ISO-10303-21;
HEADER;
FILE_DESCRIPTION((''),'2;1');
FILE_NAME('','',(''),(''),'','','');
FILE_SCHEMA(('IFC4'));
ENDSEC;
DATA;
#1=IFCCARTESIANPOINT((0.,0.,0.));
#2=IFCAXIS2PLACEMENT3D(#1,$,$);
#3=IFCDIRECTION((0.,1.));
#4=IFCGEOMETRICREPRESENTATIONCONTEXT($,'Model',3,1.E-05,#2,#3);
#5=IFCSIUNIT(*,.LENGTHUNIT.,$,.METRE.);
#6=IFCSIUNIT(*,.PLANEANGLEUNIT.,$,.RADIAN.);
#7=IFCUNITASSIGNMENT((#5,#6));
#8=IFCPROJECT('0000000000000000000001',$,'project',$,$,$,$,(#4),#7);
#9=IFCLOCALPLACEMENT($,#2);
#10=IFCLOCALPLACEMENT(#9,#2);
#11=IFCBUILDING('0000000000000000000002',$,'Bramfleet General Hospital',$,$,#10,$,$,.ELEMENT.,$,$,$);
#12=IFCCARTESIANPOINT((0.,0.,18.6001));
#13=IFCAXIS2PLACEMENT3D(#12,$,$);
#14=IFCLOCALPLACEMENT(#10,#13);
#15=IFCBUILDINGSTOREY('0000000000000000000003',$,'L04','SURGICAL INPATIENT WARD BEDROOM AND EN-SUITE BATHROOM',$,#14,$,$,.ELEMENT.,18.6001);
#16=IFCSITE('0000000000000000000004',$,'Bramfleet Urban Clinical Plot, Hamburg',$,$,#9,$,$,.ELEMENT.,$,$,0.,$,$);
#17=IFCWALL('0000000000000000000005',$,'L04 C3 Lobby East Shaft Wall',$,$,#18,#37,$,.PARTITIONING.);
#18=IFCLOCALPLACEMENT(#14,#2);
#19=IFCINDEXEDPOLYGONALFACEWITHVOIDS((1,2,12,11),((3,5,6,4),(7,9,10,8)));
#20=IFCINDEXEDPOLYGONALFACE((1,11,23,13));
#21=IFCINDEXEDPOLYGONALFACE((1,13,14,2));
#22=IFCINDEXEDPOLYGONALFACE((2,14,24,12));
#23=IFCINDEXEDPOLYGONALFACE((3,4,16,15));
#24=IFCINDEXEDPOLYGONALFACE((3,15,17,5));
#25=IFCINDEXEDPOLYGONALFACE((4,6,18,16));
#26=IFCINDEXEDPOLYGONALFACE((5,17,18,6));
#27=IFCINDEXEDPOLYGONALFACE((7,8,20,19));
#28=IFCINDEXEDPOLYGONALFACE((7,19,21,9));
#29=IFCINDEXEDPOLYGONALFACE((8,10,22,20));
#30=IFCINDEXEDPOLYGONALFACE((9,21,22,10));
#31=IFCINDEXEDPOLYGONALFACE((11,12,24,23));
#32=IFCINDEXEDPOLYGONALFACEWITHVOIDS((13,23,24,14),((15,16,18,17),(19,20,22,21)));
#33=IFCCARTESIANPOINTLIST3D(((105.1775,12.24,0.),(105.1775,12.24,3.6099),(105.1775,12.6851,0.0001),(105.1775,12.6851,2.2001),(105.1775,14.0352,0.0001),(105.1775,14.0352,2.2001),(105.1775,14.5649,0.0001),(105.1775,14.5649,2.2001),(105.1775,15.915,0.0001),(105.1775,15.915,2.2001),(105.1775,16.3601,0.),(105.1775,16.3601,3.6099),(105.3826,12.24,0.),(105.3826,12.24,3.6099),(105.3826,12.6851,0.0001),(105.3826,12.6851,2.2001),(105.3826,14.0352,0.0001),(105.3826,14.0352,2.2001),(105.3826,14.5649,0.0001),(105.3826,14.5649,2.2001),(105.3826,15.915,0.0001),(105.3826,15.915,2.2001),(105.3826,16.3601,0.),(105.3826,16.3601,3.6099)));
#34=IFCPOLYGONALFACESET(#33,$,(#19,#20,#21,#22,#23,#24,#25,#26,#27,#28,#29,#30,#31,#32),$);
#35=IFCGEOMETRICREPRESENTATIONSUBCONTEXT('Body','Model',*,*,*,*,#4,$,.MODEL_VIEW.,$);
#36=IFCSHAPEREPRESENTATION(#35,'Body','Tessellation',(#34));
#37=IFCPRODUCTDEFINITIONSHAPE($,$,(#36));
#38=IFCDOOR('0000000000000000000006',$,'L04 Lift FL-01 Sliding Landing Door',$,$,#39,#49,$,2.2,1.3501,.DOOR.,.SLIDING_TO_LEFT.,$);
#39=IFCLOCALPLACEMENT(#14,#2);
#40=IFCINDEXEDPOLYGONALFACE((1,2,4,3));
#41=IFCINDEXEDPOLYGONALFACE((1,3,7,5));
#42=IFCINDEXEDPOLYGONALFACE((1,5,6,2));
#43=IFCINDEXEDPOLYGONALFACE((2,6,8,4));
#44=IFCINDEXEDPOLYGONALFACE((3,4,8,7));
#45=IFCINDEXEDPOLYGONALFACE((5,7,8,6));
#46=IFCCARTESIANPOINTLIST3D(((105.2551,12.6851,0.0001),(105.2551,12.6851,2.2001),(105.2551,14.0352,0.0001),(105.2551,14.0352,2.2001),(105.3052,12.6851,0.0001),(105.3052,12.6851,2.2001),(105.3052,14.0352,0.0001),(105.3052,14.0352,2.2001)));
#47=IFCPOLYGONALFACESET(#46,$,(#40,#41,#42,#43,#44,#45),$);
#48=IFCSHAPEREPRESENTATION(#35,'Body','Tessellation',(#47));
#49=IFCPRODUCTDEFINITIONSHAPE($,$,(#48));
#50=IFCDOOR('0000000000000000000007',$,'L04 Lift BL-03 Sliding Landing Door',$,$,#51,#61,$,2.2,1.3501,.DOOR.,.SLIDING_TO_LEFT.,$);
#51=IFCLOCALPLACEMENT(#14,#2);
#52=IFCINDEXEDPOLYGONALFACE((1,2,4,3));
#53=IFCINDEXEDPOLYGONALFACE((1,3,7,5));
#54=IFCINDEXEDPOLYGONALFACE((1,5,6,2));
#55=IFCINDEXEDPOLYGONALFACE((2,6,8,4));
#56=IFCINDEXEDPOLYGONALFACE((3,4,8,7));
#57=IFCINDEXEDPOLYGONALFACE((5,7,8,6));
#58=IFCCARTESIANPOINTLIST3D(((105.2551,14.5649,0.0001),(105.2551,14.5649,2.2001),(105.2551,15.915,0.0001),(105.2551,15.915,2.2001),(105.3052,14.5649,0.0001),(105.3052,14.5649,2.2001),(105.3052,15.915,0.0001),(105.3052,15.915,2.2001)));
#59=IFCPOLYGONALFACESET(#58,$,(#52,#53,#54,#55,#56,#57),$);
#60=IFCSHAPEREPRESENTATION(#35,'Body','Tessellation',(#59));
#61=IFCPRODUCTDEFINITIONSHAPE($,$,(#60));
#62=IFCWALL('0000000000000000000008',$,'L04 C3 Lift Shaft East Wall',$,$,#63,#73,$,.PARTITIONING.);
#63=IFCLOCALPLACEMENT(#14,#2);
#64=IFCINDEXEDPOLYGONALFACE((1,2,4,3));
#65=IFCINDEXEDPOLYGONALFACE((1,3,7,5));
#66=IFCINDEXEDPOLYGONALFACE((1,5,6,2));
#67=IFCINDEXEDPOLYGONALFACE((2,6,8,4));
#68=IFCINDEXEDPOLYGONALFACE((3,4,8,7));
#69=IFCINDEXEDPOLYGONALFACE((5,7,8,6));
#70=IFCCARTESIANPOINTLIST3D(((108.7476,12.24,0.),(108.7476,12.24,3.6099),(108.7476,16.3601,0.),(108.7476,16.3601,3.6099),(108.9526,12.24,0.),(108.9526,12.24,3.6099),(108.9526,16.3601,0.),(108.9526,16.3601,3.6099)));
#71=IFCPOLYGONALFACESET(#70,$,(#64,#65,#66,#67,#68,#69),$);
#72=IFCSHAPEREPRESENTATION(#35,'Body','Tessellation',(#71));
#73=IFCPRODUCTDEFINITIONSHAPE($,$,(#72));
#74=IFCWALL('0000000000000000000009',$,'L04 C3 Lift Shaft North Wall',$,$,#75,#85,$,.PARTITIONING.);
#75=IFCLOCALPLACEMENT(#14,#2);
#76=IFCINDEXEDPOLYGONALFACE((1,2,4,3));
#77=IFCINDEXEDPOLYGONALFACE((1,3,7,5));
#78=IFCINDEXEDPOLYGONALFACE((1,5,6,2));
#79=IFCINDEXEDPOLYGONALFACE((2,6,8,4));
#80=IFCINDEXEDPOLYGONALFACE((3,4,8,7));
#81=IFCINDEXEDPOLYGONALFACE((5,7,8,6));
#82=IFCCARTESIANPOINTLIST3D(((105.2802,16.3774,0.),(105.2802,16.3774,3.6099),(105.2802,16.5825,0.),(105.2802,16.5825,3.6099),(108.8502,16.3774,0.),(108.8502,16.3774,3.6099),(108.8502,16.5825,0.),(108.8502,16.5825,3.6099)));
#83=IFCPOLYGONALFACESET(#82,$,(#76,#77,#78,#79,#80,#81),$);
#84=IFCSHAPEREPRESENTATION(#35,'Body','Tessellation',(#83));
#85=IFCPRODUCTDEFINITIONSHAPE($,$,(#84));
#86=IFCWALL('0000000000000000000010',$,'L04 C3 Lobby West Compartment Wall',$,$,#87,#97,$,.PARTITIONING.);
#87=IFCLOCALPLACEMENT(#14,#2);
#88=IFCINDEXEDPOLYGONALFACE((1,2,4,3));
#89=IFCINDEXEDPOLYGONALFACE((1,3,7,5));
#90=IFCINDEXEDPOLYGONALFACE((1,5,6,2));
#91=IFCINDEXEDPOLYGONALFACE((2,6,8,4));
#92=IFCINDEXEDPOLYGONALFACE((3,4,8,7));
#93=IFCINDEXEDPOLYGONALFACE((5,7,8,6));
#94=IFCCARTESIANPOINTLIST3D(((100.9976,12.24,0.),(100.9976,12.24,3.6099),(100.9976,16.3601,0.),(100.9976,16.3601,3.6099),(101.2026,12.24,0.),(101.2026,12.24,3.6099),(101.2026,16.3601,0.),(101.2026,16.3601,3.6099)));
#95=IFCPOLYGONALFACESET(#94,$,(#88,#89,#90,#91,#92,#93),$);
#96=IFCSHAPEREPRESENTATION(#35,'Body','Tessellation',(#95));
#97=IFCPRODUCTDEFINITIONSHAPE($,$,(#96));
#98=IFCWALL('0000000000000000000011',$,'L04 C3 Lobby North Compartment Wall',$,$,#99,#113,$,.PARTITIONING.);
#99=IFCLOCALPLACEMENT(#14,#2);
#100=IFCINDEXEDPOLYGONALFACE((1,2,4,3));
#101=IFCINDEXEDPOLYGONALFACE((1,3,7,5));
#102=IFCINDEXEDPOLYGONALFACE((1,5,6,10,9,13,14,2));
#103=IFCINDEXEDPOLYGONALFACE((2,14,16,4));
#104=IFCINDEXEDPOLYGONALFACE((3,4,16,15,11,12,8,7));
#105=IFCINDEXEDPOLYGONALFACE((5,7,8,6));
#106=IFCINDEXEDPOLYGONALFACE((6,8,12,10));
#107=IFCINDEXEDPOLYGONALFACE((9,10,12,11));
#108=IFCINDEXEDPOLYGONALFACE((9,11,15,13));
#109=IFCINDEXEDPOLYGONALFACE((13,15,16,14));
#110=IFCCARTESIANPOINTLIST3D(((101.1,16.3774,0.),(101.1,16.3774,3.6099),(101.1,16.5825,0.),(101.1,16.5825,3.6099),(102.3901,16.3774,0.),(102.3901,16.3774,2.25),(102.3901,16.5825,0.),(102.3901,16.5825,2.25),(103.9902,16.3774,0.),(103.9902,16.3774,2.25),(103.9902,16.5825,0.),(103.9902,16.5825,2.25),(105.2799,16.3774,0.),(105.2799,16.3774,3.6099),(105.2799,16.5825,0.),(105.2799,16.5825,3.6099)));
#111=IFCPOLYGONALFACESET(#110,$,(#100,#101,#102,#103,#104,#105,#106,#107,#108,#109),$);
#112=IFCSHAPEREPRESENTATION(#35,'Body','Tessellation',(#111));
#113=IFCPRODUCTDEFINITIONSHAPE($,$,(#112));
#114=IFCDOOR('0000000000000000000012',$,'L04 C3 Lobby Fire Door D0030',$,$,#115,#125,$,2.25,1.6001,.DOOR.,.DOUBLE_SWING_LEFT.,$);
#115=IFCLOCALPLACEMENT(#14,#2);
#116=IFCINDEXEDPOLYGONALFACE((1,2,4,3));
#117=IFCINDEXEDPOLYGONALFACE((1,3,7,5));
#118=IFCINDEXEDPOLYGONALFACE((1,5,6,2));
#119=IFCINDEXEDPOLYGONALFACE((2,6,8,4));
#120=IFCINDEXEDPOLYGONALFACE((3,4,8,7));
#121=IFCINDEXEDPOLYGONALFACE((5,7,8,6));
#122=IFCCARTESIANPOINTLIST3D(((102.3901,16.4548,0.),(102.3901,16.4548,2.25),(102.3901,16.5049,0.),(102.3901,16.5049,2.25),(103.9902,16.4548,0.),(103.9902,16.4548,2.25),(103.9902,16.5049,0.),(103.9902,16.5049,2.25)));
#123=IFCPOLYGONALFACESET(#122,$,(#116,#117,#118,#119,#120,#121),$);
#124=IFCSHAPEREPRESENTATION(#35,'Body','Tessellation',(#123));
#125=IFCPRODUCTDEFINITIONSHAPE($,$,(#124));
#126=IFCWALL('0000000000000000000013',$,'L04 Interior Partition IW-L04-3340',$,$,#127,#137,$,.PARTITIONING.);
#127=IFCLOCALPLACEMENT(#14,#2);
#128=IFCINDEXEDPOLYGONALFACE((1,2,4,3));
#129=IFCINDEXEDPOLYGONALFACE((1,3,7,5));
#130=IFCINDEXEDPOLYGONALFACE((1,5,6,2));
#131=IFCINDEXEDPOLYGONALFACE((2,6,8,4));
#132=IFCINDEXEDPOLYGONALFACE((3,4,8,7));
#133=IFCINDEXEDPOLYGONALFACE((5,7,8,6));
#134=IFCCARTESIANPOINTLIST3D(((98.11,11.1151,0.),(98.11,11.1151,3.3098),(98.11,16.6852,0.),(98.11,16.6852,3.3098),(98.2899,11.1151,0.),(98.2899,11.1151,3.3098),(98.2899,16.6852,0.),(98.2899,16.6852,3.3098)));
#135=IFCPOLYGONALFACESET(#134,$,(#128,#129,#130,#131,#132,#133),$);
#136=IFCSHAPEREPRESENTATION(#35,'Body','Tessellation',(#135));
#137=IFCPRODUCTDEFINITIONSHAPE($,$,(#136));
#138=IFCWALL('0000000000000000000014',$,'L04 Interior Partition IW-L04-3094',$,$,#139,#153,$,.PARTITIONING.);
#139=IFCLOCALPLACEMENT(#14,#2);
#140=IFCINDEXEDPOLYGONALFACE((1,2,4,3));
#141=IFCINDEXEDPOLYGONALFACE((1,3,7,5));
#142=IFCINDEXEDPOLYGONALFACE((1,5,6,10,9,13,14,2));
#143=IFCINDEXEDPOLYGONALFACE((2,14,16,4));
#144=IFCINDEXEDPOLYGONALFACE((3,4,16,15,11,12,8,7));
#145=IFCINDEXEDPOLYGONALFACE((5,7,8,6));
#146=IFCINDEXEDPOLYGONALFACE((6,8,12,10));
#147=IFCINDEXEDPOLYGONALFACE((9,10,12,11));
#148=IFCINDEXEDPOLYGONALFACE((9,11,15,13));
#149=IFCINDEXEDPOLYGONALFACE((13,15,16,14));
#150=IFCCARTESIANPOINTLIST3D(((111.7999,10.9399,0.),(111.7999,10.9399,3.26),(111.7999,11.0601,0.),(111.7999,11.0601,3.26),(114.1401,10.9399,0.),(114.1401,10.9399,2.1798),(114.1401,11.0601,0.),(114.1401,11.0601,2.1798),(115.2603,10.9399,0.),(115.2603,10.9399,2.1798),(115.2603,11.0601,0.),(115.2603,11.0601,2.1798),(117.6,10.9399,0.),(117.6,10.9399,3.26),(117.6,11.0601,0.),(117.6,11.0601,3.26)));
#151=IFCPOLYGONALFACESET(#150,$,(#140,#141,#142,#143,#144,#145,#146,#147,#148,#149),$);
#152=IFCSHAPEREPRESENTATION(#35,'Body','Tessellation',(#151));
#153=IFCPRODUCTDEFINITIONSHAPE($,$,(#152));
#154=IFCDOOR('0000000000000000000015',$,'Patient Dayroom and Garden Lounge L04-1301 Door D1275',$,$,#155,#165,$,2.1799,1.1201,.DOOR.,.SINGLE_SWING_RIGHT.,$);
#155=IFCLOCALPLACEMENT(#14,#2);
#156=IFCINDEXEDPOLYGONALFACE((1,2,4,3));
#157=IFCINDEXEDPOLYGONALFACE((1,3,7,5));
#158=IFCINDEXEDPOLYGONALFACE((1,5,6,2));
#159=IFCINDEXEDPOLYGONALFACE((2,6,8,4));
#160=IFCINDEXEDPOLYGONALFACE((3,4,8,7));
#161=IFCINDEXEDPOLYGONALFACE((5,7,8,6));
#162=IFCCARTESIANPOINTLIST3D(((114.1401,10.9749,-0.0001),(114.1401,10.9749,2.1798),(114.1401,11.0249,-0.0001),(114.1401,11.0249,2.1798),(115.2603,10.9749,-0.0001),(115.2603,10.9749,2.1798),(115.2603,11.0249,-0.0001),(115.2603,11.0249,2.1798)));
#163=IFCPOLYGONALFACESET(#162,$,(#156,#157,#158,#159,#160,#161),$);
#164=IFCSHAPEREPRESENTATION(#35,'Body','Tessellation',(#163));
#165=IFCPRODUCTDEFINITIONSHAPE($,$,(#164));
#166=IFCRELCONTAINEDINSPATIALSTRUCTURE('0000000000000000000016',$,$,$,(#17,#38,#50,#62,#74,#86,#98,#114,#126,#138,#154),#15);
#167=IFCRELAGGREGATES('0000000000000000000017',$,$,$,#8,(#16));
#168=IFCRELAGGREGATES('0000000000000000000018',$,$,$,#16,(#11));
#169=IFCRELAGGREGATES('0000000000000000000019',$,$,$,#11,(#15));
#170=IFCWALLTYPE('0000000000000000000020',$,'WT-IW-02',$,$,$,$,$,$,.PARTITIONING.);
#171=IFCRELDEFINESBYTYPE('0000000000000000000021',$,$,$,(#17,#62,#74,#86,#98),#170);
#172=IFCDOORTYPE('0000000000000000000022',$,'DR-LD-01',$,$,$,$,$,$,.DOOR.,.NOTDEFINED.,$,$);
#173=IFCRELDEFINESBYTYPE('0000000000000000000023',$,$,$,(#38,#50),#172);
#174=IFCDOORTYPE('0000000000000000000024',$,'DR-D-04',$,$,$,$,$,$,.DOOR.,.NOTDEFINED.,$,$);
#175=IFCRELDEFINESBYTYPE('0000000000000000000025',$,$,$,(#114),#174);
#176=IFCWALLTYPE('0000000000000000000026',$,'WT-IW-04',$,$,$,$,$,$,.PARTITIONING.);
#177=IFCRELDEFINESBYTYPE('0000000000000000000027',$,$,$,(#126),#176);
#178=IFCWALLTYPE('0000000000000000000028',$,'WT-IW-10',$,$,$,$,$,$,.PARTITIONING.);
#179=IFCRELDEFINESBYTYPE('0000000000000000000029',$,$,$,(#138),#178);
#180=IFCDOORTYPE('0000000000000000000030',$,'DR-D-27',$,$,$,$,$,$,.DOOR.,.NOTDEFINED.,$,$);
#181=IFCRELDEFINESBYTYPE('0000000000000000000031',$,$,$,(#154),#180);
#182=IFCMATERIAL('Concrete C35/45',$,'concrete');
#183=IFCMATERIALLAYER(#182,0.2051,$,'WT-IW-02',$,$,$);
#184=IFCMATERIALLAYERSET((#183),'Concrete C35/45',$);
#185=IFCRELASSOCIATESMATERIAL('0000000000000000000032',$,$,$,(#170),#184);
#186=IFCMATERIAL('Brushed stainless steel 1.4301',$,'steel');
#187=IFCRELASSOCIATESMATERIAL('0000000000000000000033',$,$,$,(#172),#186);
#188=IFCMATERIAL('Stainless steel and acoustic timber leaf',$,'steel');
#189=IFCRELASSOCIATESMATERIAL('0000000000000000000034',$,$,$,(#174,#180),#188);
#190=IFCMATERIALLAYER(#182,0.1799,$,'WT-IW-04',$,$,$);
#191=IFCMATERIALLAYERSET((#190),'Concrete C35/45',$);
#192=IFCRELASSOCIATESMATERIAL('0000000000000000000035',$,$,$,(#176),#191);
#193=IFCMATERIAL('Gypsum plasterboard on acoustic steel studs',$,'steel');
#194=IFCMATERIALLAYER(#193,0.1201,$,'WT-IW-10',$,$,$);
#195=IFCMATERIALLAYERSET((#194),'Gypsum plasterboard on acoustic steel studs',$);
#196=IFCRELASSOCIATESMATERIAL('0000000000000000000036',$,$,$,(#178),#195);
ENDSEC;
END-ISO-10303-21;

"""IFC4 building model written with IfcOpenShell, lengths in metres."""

from ifc_helpers import new_model, si_unit, direction, frame, frame_2d, origin, place, context, subcontext, project, spatial, rectangle, extrude, material, layer, layer_set, type_object, element, fill, save


model = new_model("IFC4")

# Units and contexts
model_context = context("Model", 3, precision=1e-05, world=origin(), true_north=direction((0.0, 1.0)))
body_context = subcontext(model_context, "Body", "Model", "MODEL_VIEW")
ifc_project = project(units=[si_unit("LENGTHUNIT", "METRE"), si_unit("PLANEANGLEUNIT", "RADIAN")], contexts=[model_context])

# Site, building, storey
site_placement = place(None, origin())
site = spatial("IfcSite", under=ifc_project, at=site_placement, Name="Bramfleet Urban Clinical Plot, Hamburg", CompositionType="ELEMENT", RefElevation=0.0)
building_placement = place(site_placement, origin())
building = spatial("IfcBuilding", under=site, at=building_placement, Name="Bramfleet General Hospital", CompositionType="ELEMENT")
storey_placement = place(building_placement, frame((0.0, 0.0, 18.6001)))
storey = spatial("IfcBuildingStorey", under=building, at=storey_placement, Name="L04", Description="SURGICAL INPATIENT WARD BEDROOM AND EN-SUITE BATHROOM", CompositionType="ELEMENT", Elevation=18.6001)

# Shared definitions
ifc_material_1 = material(Name="Concrete C35/45", Category="concrete")

# Wall, openings, doors
ifc_layer_1 = layer(ifc_material_1, 0.2051, Name="WT-IW-02")
ifc_layer_set_1 = layer_set([ifc_layer_1], Name="Concrete C35/45")
wall_type_1 = type_object("IfcWallType", Name="WT-IW-02", PredefinedType="PARTITIONING", material=ifc_layer_set_1)
wall_1_placement = place(storey_placement, frame((105.28, 12.24, 0.0), z_axis=(0.0, 0.0, 1.0), x_axis=(0.0, 1.0, 0.0)))
wall_1 = element("IfcWall", 1, at=wall_1_placement, inside=storey, type_object=wall_type_1, Name="L04 C3 Lobby East Shaft Wall", PredefinedType="PARTITIONING", context=body_context, shape_type="SweptSolid", body=[
    extrude(rectangle(XDim=4.1201, YDim=0.2051, at=frame_2d((2.0601, 0.0))), origin(), (0.0, 0.0, 1.0), 3.6099),
])
opening_1_placement = place(wall_1_placement, frame((0.4451, 0.0, 0.0)))
opening_1 = element("IfcOpeningElement", 2, at=opening_1_placement, cuts=wall_1, PredefinedType="OPENING", context=body_context, shape_type="SweptSolid", body=[
    extrude(rectangle(XDim=1.3501, YDim=2.2, at=frame_2d((0.675, 1.1001))), frame((0.0, 0.1125, 0.0), z_axis=(0.0, -1.0, 0.0), x_axis=(1.0, 0.0, 0.0)), (0.0, 0.0, 1.0), 0.2251),
])
opening_2_placement = place(wall_1_placement, frame((2.325, 0.0, 0.0)))
opening_2 = element("IfcOpeningElement", 3, at=opening_2_placement, cuts=wall_1, PredefinedType="OPENING", context=body_context, shape_type="SweptSolid", body=[
    extrude(rectangle(XDim=1.3501, YDim=2.2, at=frame_2d((0.675, 1.1001))), frame((0.0, 0.1125, 0.0), z_axis=(0.0, -1.0, 0.0), x_axis=(1.0, 0.0, 0.0)), (0.0, 0.0, 1.0), 0.2251),
])
ifc_material_2 = material(Name="Brushed stainless steel 1.4301", Category="steel")
door_type_1 = type_object("IfcDoorType", Name="DR-LD-01", OperationType="NOTDEFINED", PredefinedType="DOOR", material=ifc_material_2)
door_1_placement = place(opening_1_placement, origin())
door_1 = element("IfcDoor", 4, at=door_1_placement, inside=storey, type_object=door_type_1, Name="L04 Lift FL-01 Sliding Landing Door", OperationType="SLIDING_TO_LEFT", OverallHeight=2.2, OverallWidth=1.3501, PredefinedType="DOOR", context=body_context, shape_type="SweptSolid", body=[
    extrude(rectangle(XDim=1.3501, YDim=2.2, at=frame_2d((0.675, 1.1001))), frame((0.0, 0.0249, 0.0), z_axis=(0.0, -1.0, 0.0), x_axis=(1.0, 0.0, 0.0)), (0.0, 0.0, 1.0), 0.05),
])
fill(opening_1, door_1)
door_2_placement = place(opening_2_placement, origin())
door_2 = element("IfcDoor", 5, at=door_2_placement, inside=storey, type_object=door_type_1, Name="L04 Lift BL-03 Sliding Landing Door", OperationType="SLIDING_TO_LEFT", OverallHeight=2.2, OverallWidth=1.3501, PredefinedType="DOOR", context=body_context, shape_type="SweptSolid", body=[
    extrude(rectangle(XDim=1.3501, YDim=2.2, at=frame_2d((0.675, 1.1001))), frame((0.0, 0.0249, 0.0), z_axis=(0.0, -1.0, 0.0), x_axis=(1.0, 0.0, 0.0)), (0.0, 0.0, 1.0), 0.05),
])
fill(opening_2, door_2)

# Walls
wall_2_placement = place(storey_placement, frame((108.8501, 12.24, 0.0), z_axis=(0.0, 0.0, 1.0), x_axis=(0.0, 1.0, 0.0)))
element("IfcWall", 6, at=wall_2_placement, inside=storey, type_object=wall_type_1, Name="L04 C3 Lift Shaft East Wall", PredefinedType="PARTITIONING", context=body_context, shape_type="SweptSolid", body=[
    extrude(rectangle(XDim=4.1201, YDim=0.2051, at=frame_2d((2.0601, 0.0))), origin(), (0.0, 0.0, 1.0), 3.6099),
])
wall_3_placement = place(storey_placement, frame((105.28, 16.48, 0.0), z_axis=(0.0, 0.0, 1.0), x_axis=(1.0, 0.0, 0.0)))
element("IfcWall", 7, at=wall_3_placement, inside=storey, type_object=wall_type_1, Name="L04 C3 Lift Shaft North Wall", PredefinedType="PARTITIONING", context=body_context, shape_type="SweptSolid", body=[
    extrude(rectangle(XDim=3.5701, YDim=0.2051, at=frame_2d((1.7852, 0.0))), origin(), (0.0, 0.0, 1.0), 3.6099),
])
wall_4_placement = place(storey_placement, frame((101.1001, 12.24, 0.0), z_axis=(0.0, 0.0, 1.0), x_axis=(0.0, 1.0, 0.0)))
element("IfcWall", 8, at=wall_4_placement, inside=storey, type_object=wall_type_1, Name="L04 C3 Lobby West Compartment Wall", PredefinedType="PARTITIONING", context=body_context, shape_type="SweptSolid", body=[
    extrude(rectangle(XDim=4.1201, YDim=0.2051, at=frame_2d((2.0601, 0.0))), origin(), (0.0, 0.0, 1.0), 3.6099),
])

# Wall, opening, door
wall_5_placement = place(storey_placement, frame((101.1001, 16.48, 0.0), z_axis=(0.0, 0.0, 1.0), x_axis=(1.0, 0.0, 0.0)))
wall_5 = element("IfcWall", 9, at=wall_5_placement, inside=storey, type_object=wall_type_1, Name="L04 C3 Lobby North Compartment Wall", PredefinedType="PARTITIONING", context=body_context, shape_type="SweptSolid", body=[
    extrude(rectangle(XDim=4.1799, YDim=0.2051, at=frame_2d((2.0898, 0.0))), origin(), (0.0, 0.0, 1.0), 3.6099),
])
opening_3_placement = place(wall_5_placement, frame((1.29, 0.0, 0.0)))
opening_3 = element("IfcOpeningElement", 10, at=opening_3_placement, cuts=wall_5, PredefinedType="OPENING", context=body_context, shape_type="SweptSolid", body=[
    extrude(rectangle(XDim=1.6001, YDim=2.25, at=frame_2d((0.8, 1.125))), frame((0.0, 0.1125, 0.0), z_axis=(0.0, -1.0, 0.0), x_axis=(1.0, 0.0, 0.0)), (0.0, 0.0, 1.0), 0.2251),
])
ifc_material_3 = material(Name="Stainless steel and acoustic timber leaf", Category="steel")
door_type_2 = type_object("IfcDoorType", Name="DR-D-04", OperationType="NOTDEFINED", PredefinedType="DOOR", material=ifc_material_3)
door_3_placement = place(opening_3_placement, origin())
door_3 = element("IfcDoor", 11, at=door_3_placement, inside=storey, type_object=door_type_2, Name="L04 C3 Lobby Fire Door D0030", OperationType="DOUBLE_SWING_LEFT", OverallHeight=2.25, OverallWidth=1.6001, PredefinedType="DOOR", context=body_context, shape_type="SweptSolid", body=[
    extrude(rectangle(XDim=1.6001, YDim=2.25, at=frame_2d((0.8, 1.125))), frame((0.0, 0.0249, 0.0), z_axis=(0.0, -1.0, 0.0), x_axis=(1.0, 0.0, 0.0)), (0.0, 0.0, 1.0), 0.05),
])
fill(opening_3, door_3)

# Wall
ifc_layer_2 = layer(ifc_material_1, 0.1799, Name="WT-IW-04")
ifc_layer_set_2 = layer_set([ifc_layer_2], Name="Concrete C35/45")
wall_type_2 = type_object("IfcWallType", Name="WT-IW-04", PredefinedType="PARTITIONING", material=ifc_layer_set_2)
wall_6_placement = place(storey_placement, frame((98.2, 11.115, 0.0), z_axis=(0.0, 0.0, 1.0), x_axis=(0.0, 1.0, 0.0)))
element("IfcWall", 12, at=wall_6_placement, inside=storey, type_object=wall_type_2, Name="L04 Interior Partition IW-L04-3340", PredefinedType="PARTITIONING", context=body_context, shape_type="SweptSolid", body=[
    extrude(rectangle(XDim=5.5701, YDim=0.1799, at=frame_2d((2.7852, 0.0))), origin(), (0.0, 0.0, 1.0), 3.3098),
])

# Wall, opening, door
ifc_material_4 = material(Name="Gypsum plasterboard on acoustic steel studs", Category="steel")
ifc_layer_3 = layer(ifc_material_4, 0.1201, Name="WT-IW-10")
ifc_layer_set_3 = layer_set([ifc_layer_3], Name="Gypsum plasterboard on acoustic steel studs")
wall_type_3 = type_object("IfcWallType", Name="WT-IW-10", PredefinedType="PARTITIONING", material=ifc_layer_set_3)
wall_7_placement = place(storey_placement, frame((111.8, 11.0, 0.0), z_axis=(0.0, 0.0, 1.0), x_axis=(1.0, 0.0, 0.0)))
wall_7 = element("IfcWall", 13, at=wall_7_placement, inside=storey, type_object=wall_type_3, Name="L04 Interior Partition IW-L04-3094", PredefinedType="PARTITIONING", context=body_context, shape_type="SweptSolid", body=[
    extrude(rectangle(XDim=5.8, YDim=0.1201, at=frame_2d((2.8999, 0.0))), origin(), (0.0, 0.0, 1.0), 3.26),
])
opening_4_placement = place(wall_7_placement, frame((2.3401, 0.0, 0.0)))
opening_4 = element("IfcOpeningElement", 14, at=opening_4_placement, cuts=wall_7, PredefinedType="OPENING", context=body_context, shape_type="SweptSolid", body=[
    extrude(rectangle(XDim=1.1201, YDim=2.1799, at=frame_2d((0.5601, 1.0898))), frame((0.0, 0.0701, 0.0), z_axis=(0.0, -1.0, 0.0), x_axis=(1.0, 0.0, 0.0)), (0.0, 0.0, 1.0), 0.1401),
])
door_type_3 = type_object("IfcDoorType", Name="DR-D-27", OperationType="NOTDEFINED", PredefinedType="DOOR", material=ifc_material_3)
door_4_placement = place(opening_4_placement, origin())
door_4 = element("IfcDoor", 15, at=door_4_placement, inside=storey, type_object=door_type_3, Name="Patient Dayroom and Garden Lounge L04-1301 Door D1275", OperationType="SINGLE_SWING_RIGHT", OverallHeight=2.1799, OverallWidth=1.1201, PredefinedType="DOOR", context=body_context, shape_type="SweptSolid", body=[
    extrude(rectangle(XDim=1.1201, YDim=2.1799, at=frame_2d((0.5601, 1.0898))), frame((0.0, 0.0249, 0.0), z_axis=(0.0, -1.0, 0.0), x_axis=(1.0, 0.0, 0.0)), (0.0, 0.0, 1.0), 0.05),
])
fill(opening_4, door_4)

save(model, "model.ifc")
